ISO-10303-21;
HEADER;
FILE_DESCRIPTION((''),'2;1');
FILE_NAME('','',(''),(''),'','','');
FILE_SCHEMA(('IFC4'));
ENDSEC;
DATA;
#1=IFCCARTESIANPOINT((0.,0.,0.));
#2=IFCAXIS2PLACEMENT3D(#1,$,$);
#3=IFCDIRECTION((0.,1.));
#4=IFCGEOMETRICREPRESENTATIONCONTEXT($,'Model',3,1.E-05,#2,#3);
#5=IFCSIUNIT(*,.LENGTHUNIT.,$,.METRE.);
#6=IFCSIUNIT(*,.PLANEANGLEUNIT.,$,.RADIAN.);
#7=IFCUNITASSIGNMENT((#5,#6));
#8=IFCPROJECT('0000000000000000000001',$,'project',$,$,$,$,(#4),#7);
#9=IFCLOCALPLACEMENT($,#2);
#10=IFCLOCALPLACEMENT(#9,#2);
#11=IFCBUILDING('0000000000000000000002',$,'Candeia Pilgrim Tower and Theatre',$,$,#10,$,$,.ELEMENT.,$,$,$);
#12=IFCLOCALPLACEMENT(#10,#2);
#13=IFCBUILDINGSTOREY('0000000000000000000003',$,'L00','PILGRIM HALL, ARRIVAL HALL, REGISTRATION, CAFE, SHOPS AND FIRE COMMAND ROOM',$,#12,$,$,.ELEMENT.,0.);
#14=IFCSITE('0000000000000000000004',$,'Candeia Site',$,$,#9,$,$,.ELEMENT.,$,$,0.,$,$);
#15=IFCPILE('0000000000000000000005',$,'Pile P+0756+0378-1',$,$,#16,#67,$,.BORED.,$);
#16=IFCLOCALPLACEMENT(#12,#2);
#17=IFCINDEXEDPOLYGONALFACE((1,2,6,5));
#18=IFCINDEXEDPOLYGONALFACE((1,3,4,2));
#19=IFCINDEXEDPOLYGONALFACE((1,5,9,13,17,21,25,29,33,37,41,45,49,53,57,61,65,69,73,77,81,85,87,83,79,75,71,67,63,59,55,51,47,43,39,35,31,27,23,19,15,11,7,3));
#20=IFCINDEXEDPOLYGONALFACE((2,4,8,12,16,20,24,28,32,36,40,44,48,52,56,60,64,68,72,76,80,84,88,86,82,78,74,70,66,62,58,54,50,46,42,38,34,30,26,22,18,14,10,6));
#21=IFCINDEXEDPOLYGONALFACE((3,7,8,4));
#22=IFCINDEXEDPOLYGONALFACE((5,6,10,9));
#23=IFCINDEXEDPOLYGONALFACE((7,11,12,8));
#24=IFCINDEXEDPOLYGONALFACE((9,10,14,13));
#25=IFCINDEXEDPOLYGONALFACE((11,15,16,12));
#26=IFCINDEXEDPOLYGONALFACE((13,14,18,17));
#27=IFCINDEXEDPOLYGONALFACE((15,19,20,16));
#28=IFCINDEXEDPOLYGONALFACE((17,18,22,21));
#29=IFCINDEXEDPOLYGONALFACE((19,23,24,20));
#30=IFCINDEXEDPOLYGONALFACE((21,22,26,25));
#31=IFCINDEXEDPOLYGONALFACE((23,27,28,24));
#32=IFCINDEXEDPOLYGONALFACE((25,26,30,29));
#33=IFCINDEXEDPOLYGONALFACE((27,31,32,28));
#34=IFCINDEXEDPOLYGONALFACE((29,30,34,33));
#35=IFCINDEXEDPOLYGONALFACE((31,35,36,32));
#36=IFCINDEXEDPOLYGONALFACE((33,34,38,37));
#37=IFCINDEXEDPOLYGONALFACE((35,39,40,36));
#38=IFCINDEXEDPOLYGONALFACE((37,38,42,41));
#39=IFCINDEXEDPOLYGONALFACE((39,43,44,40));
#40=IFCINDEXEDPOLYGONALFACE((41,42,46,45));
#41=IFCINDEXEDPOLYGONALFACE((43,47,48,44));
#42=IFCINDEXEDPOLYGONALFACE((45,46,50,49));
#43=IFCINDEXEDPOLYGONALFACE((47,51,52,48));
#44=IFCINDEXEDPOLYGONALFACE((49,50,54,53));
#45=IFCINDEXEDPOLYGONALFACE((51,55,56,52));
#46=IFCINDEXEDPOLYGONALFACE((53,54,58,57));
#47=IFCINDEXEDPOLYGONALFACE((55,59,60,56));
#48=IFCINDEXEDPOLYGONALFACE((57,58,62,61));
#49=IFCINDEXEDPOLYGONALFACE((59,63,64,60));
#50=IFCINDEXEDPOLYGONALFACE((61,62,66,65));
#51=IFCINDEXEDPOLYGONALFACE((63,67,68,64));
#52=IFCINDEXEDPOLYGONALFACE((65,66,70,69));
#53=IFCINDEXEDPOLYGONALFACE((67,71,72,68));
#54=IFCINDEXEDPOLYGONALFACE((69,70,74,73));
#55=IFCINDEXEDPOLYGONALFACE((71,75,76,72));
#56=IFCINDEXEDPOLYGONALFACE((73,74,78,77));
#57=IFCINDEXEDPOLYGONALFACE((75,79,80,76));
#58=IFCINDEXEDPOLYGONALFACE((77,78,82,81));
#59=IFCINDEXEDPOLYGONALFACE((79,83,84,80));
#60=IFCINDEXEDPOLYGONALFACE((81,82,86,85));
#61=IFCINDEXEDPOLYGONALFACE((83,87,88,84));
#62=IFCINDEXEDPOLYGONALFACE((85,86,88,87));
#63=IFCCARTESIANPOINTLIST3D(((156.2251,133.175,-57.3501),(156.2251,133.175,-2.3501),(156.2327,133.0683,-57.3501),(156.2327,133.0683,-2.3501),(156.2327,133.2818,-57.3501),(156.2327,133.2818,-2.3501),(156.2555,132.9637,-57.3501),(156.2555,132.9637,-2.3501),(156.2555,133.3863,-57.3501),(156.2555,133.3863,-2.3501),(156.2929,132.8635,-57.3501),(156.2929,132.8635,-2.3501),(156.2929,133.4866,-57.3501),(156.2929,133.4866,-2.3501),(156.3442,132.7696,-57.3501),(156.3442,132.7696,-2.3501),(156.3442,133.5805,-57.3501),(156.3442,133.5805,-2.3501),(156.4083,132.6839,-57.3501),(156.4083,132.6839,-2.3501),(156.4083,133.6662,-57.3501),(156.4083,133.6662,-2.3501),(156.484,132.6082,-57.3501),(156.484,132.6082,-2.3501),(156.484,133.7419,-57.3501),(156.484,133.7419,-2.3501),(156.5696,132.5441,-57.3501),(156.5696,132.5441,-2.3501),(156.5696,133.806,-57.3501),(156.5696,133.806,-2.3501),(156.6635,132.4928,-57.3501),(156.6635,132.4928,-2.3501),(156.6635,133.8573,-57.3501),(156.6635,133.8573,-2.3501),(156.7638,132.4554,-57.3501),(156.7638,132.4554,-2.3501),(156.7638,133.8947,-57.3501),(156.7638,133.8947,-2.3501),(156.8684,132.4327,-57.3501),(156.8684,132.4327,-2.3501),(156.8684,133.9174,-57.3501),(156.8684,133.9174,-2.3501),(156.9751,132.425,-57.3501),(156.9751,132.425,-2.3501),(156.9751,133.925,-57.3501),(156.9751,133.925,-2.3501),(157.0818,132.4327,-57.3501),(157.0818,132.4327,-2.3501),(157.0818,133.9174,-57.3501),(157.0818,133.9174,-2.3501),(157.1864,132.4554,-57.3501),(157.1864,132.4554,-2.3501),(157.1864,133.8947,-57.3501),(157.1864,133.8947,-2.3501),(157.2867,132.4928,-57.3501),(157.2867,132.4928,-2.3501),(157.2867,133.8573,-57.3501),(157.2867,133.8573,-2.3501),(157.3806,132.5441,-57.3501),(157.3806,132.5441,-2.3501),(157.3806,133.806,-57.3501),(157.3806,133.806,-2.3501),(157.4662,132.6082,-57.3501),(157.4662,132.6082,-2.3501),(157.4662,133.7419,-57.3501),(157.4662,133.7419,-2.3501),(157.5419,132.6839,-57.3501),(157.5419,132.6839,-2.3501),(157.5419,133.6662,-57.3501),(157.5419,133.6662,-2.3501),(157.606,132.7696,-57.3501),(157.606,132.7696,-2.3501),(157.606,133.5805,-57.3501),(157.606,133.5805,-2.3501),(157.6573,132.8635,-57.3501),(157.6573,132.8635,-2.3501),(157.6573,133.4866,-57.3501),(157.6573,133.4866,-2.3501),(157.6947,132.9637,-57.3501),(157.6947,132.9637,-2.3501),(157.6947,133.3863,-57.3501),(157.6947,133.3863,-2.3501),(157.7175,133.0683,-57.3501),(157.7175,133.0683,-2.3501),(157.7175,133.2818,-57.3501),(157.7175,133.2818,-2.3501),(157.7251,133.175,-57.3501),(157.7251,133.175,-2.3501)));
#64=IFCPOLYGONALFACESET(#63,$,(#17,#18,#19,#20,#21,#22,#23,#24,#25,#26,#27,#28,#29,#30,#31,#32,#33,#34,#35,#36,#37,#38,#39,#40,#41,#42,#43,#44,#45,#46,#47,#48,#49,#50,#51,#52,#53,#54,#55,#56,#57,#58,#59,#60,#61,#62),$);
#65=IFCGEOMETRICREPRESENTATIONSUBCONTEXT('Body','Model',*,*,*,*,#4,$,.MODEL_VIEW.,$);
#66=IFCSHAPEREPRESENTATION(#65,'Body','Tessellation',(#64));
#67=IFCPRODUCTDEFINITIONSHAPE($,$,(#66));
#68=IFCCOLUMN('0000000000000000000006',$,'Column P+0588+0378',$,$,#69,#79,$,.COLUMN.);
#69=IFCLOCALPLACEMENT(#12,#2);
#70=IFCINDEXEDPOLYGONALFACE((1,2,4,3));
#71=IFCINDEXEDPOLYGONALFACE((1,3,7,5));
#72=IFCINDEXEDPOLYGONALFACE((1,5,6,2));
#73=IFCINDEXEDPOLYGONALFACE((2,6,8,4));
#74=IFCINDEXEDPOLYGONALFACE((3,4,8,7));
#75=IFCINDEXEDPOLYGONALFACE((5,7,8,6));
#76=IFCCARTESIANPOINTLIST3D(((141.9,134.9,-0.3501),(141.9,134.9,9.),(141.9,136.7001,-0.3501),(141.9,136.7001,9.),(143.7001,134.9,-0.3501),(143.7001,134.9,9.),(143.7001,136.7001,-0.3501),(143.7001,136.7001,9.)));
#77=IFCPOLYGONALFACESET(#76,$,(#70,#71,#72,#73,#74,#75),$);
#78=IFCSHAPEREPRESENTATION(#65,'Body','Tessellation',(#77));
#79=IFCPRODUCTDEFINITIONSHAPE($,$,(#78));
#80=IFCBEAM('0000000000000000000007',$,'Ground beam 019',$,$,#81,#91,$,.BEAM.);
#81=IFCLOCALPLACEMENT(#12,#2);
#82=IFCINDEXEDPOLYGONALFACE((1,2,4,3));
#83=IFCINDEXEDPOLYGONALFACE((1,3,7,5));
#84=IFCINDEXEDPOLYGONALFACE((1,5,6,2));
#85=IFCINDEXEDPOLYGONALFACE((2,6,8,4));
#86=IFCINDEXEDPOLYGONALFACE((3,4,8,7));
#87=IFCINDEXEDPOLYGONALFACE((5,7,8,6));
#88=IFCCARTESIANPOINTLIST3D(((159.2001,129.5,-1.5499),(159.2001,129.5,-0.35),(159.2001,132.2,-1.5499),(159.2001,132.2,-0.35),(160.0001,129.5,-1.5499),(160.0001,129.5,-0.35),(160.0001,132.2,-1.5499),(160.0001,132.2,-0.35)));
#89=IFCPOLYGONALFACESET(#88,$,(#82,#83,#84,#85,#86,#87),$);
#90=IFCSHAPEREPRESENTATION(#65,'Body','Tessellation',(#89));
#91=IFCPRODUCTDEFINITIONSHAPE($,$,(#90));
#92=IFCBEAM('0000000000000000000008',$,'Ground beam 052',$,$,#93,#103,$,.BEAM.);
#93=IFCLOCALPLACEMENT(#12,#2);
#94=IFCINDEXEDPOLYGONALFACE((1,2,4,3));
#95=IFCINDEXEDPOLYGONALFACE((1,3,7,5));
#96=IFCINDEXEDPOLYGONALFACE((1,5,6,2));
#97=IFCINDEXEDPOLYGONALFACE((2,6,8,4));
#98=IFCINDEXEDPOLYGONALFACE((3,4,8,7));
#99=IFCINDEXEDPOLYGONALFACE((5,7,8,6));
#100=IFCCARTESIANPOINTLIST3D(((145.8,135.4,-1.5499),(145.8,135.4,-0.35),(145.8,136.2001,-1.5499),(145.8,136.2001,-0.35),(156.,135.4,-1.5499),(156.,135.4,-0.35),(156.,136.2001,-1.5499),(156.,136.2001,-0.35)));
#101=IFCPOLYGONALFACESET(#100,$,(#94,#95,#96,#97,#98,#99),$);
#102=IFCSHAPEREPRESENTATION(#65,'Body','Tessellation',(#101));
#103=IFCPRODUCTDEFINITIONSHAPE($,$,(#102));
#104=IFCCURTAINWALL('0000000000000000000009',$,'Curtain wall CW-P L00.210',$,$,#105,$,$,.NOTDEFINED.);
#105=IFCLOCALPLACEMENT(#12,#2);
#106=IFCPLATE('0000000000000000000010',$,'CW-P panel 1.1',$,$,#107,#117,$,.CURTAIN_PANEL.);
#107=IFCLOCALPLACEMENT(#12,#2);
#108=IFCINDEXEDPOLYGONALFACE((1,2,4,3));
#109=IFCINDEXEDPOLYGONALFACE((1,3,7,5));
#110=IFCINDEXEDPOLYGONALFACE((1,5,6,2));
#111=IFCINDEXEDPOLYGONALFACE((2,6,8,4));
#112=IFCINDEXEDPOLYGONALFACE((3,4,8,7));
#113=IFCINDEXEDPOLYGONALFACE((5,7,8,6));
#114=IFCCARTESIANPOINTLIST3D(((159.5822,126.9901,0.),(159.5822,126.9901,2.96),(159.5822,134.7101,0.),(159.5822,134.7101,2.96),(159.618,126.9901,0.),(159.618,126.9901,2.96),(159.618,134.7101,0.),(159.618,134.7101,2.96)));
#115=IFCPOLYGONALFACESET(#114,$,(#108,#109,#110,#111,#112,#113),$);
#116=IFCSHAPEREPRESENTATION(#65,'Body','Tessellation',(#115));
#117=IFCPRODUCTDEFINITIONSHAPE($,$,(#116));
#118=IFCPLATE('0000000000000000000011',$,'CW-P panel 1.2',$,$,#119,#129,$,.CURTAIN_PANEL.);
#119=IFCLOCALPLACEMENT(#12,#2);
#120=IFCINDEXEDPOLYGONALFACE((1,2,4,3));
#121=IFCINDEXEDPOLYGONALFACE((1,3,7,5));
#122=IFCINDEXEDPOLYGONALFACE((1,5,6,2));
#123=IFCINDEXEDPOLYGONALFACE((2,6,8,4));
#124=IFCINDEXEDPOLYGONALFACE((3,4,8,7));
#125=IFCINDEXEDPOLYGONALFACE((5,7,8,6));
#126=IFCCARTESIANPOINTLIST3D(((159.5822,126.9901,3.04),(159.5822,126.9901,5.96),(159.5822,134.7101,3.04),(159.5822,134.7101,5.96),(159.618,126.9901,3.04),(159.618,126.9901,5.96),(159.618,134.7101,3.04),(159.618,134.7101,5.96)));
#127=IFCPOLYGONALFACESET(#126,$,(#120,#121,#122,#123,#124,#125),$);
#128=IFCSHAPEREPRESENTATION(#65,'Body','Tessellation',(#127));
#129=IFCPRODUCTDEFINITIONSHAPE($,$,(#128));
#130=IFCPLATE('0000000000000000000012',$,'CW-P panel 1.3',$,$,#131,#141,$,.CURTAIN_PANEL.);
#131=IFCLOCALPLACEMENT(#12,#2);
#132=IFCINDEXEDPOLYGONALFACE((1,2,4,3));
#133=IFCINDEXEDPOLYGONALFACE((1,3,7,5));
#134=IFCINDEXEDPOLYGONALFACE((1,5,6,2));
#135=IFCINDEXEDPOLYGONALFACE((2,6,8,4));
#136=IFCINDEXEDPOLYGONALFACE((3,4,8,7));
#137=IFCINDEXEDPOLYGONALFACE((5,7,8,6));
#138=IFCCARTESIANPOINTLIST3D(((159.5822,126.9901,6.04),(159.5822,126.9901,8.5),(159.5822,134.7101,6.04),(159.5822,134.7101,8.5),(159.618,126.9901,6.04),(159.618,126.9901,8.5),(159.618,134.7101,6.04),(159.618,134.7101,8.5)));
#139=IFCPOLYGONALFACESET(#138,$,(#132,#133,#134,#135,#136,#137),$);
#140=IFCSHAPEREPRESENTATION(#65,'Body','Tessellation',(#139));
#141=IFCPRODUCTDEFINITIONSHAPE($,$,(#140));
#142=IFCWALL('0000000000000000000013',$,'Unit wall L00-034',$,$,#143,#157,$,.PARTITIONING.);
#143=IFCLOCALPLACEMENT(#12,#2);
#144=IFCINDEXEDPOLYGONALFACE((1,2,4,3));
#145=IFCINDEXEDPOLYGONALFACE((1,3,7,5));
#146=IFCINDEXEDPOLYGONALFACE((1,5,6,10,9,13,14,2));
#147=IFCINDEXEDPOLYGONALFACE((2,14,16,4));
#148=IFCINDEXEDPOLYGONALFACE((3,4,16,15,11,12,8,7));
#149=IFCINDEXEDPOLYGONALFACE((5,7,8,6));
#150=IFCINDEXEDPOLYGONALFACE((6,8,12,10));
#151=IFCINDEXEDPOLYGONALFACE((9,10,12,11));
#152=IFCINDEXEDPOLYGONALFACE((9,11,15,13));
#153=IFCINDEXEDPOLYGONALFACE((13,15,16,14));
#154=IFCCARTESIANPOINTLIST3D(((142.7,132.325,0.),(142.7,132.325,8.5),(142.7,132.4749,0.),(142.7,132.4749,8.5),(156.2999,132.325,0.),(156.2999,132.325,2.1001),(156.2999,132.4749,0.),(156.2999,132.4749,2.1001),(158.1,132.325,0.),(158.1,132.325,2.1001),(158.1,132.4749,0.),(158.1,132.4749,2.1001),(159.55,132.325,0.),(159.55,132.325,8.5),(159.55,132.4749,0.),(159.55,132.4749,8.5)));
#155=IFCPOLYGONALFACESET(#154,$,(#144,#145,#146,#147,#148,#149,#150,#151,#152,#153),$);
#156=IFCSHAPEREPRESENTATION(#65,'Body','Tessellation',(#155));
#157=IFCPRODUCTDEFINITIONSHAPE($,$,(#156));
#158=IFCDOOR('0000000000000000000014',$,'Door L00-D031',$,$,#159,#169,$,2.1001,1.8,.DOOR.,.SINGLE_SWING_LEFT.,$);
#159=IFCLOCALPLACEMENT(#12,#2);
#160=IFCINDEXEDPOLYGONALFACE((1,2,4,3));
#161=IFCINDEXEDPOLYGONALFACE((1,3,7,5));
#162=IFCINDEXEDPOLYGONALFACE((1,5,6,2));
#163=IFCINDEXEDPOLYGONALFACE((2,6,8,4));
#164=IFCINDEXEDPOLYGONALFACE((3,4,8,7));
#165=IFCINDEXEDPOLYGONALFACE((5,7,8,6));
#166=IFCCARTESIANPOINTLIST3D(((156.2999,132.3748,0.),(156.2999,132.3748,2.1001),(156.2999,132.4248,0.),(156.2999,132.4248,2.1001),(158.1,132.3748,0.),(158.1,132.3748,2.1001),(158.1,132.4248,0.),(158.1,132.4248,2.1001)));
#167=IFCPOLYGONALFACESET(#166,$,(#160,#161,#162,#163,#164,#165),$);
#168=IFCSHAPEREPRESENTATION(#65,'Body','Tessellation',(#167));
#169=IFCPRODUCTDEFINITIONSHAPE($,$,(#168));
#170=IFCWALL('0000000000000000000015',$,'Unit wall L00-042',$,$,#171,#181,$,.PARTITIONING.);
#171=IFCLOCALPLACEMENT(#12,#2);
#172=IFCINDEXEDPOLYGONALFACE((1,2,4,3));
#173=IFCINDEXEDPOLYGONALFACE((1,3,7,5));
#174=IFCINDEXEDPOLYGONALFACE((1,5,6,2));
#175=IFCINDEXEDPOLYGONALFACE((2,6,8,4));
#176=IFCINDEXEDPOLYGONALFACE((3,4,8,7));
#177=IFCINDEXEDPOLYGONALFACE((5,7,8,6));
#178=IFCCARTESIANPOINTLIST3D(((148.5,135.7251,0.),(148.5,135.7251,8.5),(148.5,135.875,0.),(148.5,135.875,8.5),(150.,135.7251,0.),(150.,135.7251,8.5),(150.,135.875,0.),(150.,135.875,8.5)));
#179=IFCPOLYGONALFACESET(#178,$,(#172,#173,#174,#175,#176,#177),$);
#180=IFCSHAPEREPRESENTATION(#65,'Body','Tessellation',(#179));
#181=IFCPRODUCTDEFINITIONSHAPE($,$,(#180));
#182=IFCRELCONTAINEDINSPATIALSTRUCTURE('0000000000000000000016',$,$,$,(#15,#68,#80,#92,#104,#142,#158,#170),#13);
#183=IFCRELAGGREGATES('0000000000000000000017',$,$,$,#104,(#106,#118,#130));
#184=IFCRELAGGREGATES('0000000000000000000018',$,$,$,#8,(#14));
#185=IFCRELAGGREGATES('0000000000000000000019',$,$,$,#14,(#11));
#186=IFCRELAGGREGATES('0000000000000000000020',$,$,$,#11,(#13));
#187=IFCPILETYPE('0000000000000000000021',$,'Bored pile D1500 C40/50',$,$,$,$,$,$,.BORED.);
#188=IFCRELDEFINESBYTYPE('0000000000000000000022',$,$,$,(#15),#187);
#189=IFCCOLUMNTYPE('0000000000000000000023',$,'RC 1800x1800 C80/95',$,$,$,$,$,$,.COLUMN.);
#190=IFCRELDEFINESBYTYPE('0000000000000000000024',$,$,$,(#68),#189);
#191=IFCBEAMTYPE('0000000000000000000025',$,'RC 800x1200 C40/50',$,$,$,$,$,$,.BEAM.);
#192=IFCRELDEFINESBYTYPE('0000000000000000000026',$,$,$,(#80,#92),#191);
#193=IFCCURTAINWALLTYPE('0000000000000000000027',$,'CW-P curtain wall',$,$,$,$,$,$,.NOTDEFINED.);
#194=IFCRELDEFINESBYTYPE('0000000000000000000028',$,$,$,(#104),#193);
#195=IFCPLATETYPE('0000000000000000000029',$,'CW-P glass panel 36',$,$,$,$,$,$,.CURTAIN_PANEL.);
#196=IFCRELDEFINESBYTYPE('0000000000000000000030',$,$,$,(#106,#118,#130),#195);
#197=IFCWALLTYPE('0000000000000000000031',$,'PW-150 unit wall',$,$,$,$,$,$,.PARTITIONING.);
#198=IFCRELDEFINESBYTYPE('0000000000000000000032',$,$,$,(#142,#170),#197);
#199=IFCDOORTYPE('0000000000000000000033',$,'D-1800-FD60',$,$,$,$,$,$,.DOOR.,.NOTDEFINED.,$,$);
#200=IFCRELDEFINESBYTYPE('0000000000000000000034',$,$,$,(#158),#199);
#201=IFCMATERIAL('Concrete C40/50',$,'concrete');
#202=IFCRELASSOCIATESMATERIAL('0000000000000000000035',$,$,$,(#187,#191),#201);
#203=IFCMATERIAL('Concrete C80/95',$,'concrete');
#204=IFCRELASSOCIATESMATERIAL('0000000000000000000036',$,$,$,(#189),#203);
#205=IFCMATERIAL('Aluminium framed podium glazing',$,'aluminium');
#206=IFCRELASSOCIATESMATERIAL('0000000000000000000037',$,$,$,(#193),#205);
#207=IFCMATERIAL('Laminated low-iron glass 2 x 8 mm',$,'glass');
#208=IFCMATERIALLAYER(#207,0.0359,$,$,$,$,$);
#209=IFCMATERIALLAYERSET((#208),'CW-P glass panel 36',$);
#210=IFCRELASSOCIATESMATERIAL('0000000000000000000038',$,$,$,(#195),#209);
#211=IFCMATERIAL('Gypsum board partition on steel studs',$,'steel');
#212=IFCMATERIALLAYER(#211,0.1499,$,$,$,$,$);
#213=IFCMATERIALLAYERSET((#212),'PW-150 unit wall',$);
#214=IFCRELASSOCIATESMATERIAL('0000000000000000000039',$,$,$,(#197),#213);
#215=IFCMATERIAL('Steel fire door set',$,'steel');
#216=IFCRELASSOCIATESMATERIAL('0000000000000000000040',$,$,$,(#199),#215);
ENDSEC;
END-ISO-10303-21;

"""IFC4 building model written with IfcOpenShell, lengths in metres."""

from ifc_helpers import new_model, si_unit, direction, frame, frame_2d, origin, origin_2d, place, context, subcontext, project, spatial, rectangle, circle, extrude, material, layer, layer_set, material_profile, profile_set, type_object, element, fill, aggregate, save


model = new_model("IFC4")

# Units and contexts
model_context = context("Model", 3, precision=1e-05, world=origin(), true_north=direction((0.0, 1.0)))
body_context = subcontext(model_context, "Body", "Model", "MODEL_VIEW")
ifc_project = project(units=[si_unit("LENGTHUNIT", "METRE"), si_unit("PLANEANGLEUNIT", "RADIAN")], contexts=[model_context])

# Site, building, storey
site_placement = place(None, origin())
site = spatial("IfcSite", under=ifc_project, at=site_placement, Name="Candeia Site", CompositionType="ELEMENT", RefElevation=0.0)
building_placement = place(site_placement, origin())
building = spatial("IfcBuilding", under=site, at=building_placement, Name="Candeia Pilgrim Tower and Theatre", CompositionType="ELEMENT")
storey_placement = place(building_placement, origin())
storey = spatial("IfcBuildingStorey", under=building, at=storey_placement, Name="L00", Description="PILGRIM HALL, ARRIVAL HALL, REGISTRATION, CAFE, SHOPS AND FIRE COMMAND ROOM", CompositionType="ELEMENT", Elevation=0.0)

# Pile
ifc_material_1 = material(Name="Concrete C40/50", Category="concrete")
ifc_material_profile_1 = material_profile(ifc_material_1, circle(Radius=0.75, at=origin_2d()))
ifc_profile_set_1 = profile_set([ifc_material_profile_1], Name="Concrete C40/50")
pile_type = type_object("IfcPileType", Name="Bored pile D1500 C40/50", PredefinedType="BORED", material=ifc_profile_set_1)
for number, where, z_axis, x_axis, name in (
    (1, (156.9751, 133.175, -2.3501), (0.0, 0.0, -1.0), (1.0, 0.0, 0.0), "Pile P+0756+0378-1"),
):
    element("IfcPile", number, at=place(storey_placement, frame(where, z_axis=z_axis, x_axis=x_axis)), inside=storey, type_object=pile_type, Name=name, PredefinedType="BORED", context=body_context, shape_type="SweptSolid", body=[
        extrude(circle(Radius=0.75, at=origin_2d()), origin(), (0.0, 0.0, 1.0), 55.0),
    ])

# Column
ifc_material_2 = material(Name="Concrete C80/95", Category="concrete")
ifc_material_profile_2 = material_profile(ifc_material_2, rectangle(XDim=1.8, YDim=1.8, at=origin_2d()))
ifc_profile_set_2 = profile_set([ifc_material_profile_2], Name="Concrete C80/95")
column_type = type_object("IfcColumnType", Name="RC 1800x1800 C80/95", PredefinedType="COLUMN", material=ifc_profile_set_2)
column_placement = place(storey_placement, frame((142.8, 135.8, -0.3501), z_axis=(0.0, 0.0, 1.0), x_axis=(1.0, 0.0, 0.0)))
element("IfcColumn", 2, at=column_placement, inside=storey, type_object=column_type, Name="Column P+0588+0378", PredefinedType="COLUMN", context=body_context, shape_type="SweptSolid", body=[
    extrude(rectangle(XDim=1.8, YDim=1.8, at=origin_2d()), origin(), (0.0, 0.0, 1.0), 9.3501),
])

# Beams
ifc_material_profile_3 = material_profile(ifc_material_1, rectangle(XDim=0.8, YDim=1.2, at=origin_2d()))
ifc_profile_set_3 = profile_set([ifc_material_profile_3], Name="Concrete C40/50")
beam_type = type_object("IfcBeamType", Name="RC 800x1200 C40/50", PredefinedType="BEAM", material=ifc_profile_set_3)
beam_1_placement = place(storey_placement, frame((159.6001, 129.5, -0.95), z_axis=(0.0, 1.0, 0.0), x_axis=(-1.0, 0.0, 0.0)))
element("IfcBeam", 3, at=beam_1_placement, inside=storey, type_object=beam_type, Name="Ground beam 019", PredefinedType="BEAM", context=body_context, shape_type="SweptSolid", body=[
    extrude(rectangle(XDim=0.8, YDim=1.2, at=origin_2d()), origin(), (0.0, 0.0, 1.0), 2.7),
])
beam_2_placement = place(storey_placement, frame((156.0, 135.8, -0.95), z_axis=(-1.0, 0.0, 0.0), x_axis=(0.0, -1.0, 0.0)))
element("IfcBeam", 4, at=beam_2_placement, inside=storey, type_object=beam_type, Name="Ground beam 052", PredefinedType="BEAM", context=body_context, shape_type="SweptSolid", body=[
    extrude(rectangle(XDim=0.8, YDim=1.2, at=origin_2d()), origin(), (0.0, 0.0, 1.0), 10.2),
])

# Curtain wall, plates
ifc_material_3 = material(Name="Aluminium framed podium glazing", Category="aluminium")
curtain_wall_type = type_object("IfcCurtainWallType", Name="CW-P curtain wall", PredefinedType="NOTDEFINED", material=ifc_material_3)
curtain_wall_placement = place(storey_placement, origin())
curtain_wall = element("IfcCurtainWall", 5, at=curtain_wall_placement, inside=storey, type_object=curtain_wall_type, Name="Curtain wall CW-P L00.210", PredefinedType="NOTDEFINED")
ifc_material_4 = material(Name="Laminated low-iron glass 2 x 8 mm", Category="glass")
ifc_layer_1 = layer(ifc_material_4, 0.0359)
ifc_layer_set_1 = layer_set([ifc_layer_1], Name="CW-P glass panel 36")
plate_type = type_object("IfcPlateType", Name="CW-P glass panel 36", PredefinedType="CURTAIN_PANEL", material=ifc_layer_set_1)
plate_1_placement = place(storey_placement, frame((159.6001, 130.8501, 0.0), z_axis=(0.0, 0.0, 1.0), x_axis=(0.0, -1.0, 0.0)))
plate_1 = element("IfcPlate", 6, at=plate_1_placement, type_object=plate_type, Name="CW-P panel 1.1", PredefinedType="CURTAIN_PANEL", context=body_context, shape_type="SweptSolid", body=[
    extrude(rectangle(XDim=7.72, YDim=0.0359, at=origin_2d()), origin(), (0.0, 0.0, 1.0), 2.96),
])
plate_2_placement = place(storey_placement, frame((159.6001, 130.8501, 3.04), z_axis=(0.0, 0.0, 1.0), x_axis=(0.0, -1.0, 0.0)))
plate_2 = element("IfcPlate", 7, at=plate_2_placement, type_object=plate_type, Name="CW-P panel 1.2", PredefinedType="CURTAIN_PANEL", context=body_context, shape_type="SweptSolid", body=[
    extrude(rectangle(XDim=7.72, YDim=0.0359, at=origin_2d()), origin(), (0.0, 0.0, 1.0), 2.9199),
])
plate_3_placement = place(storey_placement, frame((159.6001, 130.8501, 6.04), z_axis=(0.0, 0.0, 1.0), x_axis=(0.0, -1.0, 0.0)))
plate_3 = element("IfcPlate", 8, at=plate_3_placement, type_object=plate_type, Name="CW-P panel 1.3", PredefinedType="CURTAIN_PANEL", context=body_context, shape_type="SweptSolid", body=[
    extrude(rectangle(XDim=7.72, YDim=0.0359, at=origin_2d()), origin(), (0.0, 0.0, 1.0), 2.46),
])
aggregate(curtain_wall, [plate_1, plate_2, plate_3])

# Wall, opening, door
ifc_material_5 = material(Name="Gypsum board partition on steel studs", Category="steel")
ifc_layer_2 = layer(ifc_material_5, 0.1499)
ifc_layer_set_2 = layer_set([ifc_layer_2], Name="PW-150 unit wall")
wall_type_1 = type_object("IfcWallType", Name="PW-150 unit wall", PredefinedType="PARTITIONING", material=ifc_layer_set_2)
wall_1_placement = place(storey_placement, frame((142.7, 132.3999, 0.0), z_axis=(0.0, 0.0, 1.0), x_axis=(1.0, 0.0, 0.0)))
wall_1 = element("IfcWall", 9, at=wall_1_placement, inside=storey, type_object=wall_type_1, Name="Unit wall L00-034", PredefinedType="PARTITIONING", context=body_context, shape_type="SweptSolid", body=[
    extrude(rectangle(XDim=16.8501, YDim=0.1499, at=frame_2d((8.425, 0.0))), origin(), (0.0, 0.0, 1.0), 8.5),
])
opening_1_placement = place(wall_1_placement, frame((13.6001, 0.0, 0.0)))
opening_1 = element("IfcOpeningElement", 10, at=opening_1_placement, cuts=wall_1, PredefinedType="OPENING", context=body_context, shape_type="SweptSolid", body=[
    extrude(rectangle(XDim=1.8, YDim=2.1001, at=frame_2d((0.8999, 1.05))), frame((0.0, 0.085, 0.0), z_axis=(0.0, -1.0, 0.0), x_axis=(1.0, 0.0, 0.0)), (0.0, 0.0, 1.0), 0.1699),
])
ifc_material_6 = material(Name="Steel fire door set", Category="steel")
door_type_1 = type_object("IfcDoorType", Name="D-1800-FD60", OperationType="NOTDEFINED", PredefinedType="DOOR", material=ifc_material_6)
door_1_placement = place(opening_1_placement, origin())
door_1 = element("IfcDoor", 11, at=door_1_placement, inside=storey, type_object=door_type_1, Name="Door L00-D031", OperationType="SINGLE_SWING_LEFT", OverallHeight=2.1001, OverallWidth=1.8, PredefinedType="DOOR", context=body_context, shape_type="SweptSolid", body=[
    extrude(rectangle(XDim=1.8, YDim=2.1001, at=frame_2d((0.8999, 1.05))), frame((0.0, 0.0249, 0.0), z_axis=(0.0, -1.0, 0.0), x_axis=(1.0, 0.0, 0.0)), (0.0, 0.0, 1.0), 0.05),
])
fill(opening_1, door_1)

# Wall
wall_2_placement = place(storey_placement, frame((148.5, 135.8, 0.0), z_axis=(0.0, 0.0, 1.0), x_axis=(1.0, 0.0, 0.0)))
element("IfcWall", 12, at=wall_2_placement, inside=storey, type_object=wall_type_1, Name="Unit wall L00-042", PredefinedType="PARTITIONING", context=body_context, shape_type="SweptSolid", body=[
    extrude(rectangle(XDim=1.5, YDim=0.1499, at=frame_2d((0.75, 0.0))), origin(), (0.0, 0.0, 1.0), 8.5),
])

save(model, "model.ifc")
